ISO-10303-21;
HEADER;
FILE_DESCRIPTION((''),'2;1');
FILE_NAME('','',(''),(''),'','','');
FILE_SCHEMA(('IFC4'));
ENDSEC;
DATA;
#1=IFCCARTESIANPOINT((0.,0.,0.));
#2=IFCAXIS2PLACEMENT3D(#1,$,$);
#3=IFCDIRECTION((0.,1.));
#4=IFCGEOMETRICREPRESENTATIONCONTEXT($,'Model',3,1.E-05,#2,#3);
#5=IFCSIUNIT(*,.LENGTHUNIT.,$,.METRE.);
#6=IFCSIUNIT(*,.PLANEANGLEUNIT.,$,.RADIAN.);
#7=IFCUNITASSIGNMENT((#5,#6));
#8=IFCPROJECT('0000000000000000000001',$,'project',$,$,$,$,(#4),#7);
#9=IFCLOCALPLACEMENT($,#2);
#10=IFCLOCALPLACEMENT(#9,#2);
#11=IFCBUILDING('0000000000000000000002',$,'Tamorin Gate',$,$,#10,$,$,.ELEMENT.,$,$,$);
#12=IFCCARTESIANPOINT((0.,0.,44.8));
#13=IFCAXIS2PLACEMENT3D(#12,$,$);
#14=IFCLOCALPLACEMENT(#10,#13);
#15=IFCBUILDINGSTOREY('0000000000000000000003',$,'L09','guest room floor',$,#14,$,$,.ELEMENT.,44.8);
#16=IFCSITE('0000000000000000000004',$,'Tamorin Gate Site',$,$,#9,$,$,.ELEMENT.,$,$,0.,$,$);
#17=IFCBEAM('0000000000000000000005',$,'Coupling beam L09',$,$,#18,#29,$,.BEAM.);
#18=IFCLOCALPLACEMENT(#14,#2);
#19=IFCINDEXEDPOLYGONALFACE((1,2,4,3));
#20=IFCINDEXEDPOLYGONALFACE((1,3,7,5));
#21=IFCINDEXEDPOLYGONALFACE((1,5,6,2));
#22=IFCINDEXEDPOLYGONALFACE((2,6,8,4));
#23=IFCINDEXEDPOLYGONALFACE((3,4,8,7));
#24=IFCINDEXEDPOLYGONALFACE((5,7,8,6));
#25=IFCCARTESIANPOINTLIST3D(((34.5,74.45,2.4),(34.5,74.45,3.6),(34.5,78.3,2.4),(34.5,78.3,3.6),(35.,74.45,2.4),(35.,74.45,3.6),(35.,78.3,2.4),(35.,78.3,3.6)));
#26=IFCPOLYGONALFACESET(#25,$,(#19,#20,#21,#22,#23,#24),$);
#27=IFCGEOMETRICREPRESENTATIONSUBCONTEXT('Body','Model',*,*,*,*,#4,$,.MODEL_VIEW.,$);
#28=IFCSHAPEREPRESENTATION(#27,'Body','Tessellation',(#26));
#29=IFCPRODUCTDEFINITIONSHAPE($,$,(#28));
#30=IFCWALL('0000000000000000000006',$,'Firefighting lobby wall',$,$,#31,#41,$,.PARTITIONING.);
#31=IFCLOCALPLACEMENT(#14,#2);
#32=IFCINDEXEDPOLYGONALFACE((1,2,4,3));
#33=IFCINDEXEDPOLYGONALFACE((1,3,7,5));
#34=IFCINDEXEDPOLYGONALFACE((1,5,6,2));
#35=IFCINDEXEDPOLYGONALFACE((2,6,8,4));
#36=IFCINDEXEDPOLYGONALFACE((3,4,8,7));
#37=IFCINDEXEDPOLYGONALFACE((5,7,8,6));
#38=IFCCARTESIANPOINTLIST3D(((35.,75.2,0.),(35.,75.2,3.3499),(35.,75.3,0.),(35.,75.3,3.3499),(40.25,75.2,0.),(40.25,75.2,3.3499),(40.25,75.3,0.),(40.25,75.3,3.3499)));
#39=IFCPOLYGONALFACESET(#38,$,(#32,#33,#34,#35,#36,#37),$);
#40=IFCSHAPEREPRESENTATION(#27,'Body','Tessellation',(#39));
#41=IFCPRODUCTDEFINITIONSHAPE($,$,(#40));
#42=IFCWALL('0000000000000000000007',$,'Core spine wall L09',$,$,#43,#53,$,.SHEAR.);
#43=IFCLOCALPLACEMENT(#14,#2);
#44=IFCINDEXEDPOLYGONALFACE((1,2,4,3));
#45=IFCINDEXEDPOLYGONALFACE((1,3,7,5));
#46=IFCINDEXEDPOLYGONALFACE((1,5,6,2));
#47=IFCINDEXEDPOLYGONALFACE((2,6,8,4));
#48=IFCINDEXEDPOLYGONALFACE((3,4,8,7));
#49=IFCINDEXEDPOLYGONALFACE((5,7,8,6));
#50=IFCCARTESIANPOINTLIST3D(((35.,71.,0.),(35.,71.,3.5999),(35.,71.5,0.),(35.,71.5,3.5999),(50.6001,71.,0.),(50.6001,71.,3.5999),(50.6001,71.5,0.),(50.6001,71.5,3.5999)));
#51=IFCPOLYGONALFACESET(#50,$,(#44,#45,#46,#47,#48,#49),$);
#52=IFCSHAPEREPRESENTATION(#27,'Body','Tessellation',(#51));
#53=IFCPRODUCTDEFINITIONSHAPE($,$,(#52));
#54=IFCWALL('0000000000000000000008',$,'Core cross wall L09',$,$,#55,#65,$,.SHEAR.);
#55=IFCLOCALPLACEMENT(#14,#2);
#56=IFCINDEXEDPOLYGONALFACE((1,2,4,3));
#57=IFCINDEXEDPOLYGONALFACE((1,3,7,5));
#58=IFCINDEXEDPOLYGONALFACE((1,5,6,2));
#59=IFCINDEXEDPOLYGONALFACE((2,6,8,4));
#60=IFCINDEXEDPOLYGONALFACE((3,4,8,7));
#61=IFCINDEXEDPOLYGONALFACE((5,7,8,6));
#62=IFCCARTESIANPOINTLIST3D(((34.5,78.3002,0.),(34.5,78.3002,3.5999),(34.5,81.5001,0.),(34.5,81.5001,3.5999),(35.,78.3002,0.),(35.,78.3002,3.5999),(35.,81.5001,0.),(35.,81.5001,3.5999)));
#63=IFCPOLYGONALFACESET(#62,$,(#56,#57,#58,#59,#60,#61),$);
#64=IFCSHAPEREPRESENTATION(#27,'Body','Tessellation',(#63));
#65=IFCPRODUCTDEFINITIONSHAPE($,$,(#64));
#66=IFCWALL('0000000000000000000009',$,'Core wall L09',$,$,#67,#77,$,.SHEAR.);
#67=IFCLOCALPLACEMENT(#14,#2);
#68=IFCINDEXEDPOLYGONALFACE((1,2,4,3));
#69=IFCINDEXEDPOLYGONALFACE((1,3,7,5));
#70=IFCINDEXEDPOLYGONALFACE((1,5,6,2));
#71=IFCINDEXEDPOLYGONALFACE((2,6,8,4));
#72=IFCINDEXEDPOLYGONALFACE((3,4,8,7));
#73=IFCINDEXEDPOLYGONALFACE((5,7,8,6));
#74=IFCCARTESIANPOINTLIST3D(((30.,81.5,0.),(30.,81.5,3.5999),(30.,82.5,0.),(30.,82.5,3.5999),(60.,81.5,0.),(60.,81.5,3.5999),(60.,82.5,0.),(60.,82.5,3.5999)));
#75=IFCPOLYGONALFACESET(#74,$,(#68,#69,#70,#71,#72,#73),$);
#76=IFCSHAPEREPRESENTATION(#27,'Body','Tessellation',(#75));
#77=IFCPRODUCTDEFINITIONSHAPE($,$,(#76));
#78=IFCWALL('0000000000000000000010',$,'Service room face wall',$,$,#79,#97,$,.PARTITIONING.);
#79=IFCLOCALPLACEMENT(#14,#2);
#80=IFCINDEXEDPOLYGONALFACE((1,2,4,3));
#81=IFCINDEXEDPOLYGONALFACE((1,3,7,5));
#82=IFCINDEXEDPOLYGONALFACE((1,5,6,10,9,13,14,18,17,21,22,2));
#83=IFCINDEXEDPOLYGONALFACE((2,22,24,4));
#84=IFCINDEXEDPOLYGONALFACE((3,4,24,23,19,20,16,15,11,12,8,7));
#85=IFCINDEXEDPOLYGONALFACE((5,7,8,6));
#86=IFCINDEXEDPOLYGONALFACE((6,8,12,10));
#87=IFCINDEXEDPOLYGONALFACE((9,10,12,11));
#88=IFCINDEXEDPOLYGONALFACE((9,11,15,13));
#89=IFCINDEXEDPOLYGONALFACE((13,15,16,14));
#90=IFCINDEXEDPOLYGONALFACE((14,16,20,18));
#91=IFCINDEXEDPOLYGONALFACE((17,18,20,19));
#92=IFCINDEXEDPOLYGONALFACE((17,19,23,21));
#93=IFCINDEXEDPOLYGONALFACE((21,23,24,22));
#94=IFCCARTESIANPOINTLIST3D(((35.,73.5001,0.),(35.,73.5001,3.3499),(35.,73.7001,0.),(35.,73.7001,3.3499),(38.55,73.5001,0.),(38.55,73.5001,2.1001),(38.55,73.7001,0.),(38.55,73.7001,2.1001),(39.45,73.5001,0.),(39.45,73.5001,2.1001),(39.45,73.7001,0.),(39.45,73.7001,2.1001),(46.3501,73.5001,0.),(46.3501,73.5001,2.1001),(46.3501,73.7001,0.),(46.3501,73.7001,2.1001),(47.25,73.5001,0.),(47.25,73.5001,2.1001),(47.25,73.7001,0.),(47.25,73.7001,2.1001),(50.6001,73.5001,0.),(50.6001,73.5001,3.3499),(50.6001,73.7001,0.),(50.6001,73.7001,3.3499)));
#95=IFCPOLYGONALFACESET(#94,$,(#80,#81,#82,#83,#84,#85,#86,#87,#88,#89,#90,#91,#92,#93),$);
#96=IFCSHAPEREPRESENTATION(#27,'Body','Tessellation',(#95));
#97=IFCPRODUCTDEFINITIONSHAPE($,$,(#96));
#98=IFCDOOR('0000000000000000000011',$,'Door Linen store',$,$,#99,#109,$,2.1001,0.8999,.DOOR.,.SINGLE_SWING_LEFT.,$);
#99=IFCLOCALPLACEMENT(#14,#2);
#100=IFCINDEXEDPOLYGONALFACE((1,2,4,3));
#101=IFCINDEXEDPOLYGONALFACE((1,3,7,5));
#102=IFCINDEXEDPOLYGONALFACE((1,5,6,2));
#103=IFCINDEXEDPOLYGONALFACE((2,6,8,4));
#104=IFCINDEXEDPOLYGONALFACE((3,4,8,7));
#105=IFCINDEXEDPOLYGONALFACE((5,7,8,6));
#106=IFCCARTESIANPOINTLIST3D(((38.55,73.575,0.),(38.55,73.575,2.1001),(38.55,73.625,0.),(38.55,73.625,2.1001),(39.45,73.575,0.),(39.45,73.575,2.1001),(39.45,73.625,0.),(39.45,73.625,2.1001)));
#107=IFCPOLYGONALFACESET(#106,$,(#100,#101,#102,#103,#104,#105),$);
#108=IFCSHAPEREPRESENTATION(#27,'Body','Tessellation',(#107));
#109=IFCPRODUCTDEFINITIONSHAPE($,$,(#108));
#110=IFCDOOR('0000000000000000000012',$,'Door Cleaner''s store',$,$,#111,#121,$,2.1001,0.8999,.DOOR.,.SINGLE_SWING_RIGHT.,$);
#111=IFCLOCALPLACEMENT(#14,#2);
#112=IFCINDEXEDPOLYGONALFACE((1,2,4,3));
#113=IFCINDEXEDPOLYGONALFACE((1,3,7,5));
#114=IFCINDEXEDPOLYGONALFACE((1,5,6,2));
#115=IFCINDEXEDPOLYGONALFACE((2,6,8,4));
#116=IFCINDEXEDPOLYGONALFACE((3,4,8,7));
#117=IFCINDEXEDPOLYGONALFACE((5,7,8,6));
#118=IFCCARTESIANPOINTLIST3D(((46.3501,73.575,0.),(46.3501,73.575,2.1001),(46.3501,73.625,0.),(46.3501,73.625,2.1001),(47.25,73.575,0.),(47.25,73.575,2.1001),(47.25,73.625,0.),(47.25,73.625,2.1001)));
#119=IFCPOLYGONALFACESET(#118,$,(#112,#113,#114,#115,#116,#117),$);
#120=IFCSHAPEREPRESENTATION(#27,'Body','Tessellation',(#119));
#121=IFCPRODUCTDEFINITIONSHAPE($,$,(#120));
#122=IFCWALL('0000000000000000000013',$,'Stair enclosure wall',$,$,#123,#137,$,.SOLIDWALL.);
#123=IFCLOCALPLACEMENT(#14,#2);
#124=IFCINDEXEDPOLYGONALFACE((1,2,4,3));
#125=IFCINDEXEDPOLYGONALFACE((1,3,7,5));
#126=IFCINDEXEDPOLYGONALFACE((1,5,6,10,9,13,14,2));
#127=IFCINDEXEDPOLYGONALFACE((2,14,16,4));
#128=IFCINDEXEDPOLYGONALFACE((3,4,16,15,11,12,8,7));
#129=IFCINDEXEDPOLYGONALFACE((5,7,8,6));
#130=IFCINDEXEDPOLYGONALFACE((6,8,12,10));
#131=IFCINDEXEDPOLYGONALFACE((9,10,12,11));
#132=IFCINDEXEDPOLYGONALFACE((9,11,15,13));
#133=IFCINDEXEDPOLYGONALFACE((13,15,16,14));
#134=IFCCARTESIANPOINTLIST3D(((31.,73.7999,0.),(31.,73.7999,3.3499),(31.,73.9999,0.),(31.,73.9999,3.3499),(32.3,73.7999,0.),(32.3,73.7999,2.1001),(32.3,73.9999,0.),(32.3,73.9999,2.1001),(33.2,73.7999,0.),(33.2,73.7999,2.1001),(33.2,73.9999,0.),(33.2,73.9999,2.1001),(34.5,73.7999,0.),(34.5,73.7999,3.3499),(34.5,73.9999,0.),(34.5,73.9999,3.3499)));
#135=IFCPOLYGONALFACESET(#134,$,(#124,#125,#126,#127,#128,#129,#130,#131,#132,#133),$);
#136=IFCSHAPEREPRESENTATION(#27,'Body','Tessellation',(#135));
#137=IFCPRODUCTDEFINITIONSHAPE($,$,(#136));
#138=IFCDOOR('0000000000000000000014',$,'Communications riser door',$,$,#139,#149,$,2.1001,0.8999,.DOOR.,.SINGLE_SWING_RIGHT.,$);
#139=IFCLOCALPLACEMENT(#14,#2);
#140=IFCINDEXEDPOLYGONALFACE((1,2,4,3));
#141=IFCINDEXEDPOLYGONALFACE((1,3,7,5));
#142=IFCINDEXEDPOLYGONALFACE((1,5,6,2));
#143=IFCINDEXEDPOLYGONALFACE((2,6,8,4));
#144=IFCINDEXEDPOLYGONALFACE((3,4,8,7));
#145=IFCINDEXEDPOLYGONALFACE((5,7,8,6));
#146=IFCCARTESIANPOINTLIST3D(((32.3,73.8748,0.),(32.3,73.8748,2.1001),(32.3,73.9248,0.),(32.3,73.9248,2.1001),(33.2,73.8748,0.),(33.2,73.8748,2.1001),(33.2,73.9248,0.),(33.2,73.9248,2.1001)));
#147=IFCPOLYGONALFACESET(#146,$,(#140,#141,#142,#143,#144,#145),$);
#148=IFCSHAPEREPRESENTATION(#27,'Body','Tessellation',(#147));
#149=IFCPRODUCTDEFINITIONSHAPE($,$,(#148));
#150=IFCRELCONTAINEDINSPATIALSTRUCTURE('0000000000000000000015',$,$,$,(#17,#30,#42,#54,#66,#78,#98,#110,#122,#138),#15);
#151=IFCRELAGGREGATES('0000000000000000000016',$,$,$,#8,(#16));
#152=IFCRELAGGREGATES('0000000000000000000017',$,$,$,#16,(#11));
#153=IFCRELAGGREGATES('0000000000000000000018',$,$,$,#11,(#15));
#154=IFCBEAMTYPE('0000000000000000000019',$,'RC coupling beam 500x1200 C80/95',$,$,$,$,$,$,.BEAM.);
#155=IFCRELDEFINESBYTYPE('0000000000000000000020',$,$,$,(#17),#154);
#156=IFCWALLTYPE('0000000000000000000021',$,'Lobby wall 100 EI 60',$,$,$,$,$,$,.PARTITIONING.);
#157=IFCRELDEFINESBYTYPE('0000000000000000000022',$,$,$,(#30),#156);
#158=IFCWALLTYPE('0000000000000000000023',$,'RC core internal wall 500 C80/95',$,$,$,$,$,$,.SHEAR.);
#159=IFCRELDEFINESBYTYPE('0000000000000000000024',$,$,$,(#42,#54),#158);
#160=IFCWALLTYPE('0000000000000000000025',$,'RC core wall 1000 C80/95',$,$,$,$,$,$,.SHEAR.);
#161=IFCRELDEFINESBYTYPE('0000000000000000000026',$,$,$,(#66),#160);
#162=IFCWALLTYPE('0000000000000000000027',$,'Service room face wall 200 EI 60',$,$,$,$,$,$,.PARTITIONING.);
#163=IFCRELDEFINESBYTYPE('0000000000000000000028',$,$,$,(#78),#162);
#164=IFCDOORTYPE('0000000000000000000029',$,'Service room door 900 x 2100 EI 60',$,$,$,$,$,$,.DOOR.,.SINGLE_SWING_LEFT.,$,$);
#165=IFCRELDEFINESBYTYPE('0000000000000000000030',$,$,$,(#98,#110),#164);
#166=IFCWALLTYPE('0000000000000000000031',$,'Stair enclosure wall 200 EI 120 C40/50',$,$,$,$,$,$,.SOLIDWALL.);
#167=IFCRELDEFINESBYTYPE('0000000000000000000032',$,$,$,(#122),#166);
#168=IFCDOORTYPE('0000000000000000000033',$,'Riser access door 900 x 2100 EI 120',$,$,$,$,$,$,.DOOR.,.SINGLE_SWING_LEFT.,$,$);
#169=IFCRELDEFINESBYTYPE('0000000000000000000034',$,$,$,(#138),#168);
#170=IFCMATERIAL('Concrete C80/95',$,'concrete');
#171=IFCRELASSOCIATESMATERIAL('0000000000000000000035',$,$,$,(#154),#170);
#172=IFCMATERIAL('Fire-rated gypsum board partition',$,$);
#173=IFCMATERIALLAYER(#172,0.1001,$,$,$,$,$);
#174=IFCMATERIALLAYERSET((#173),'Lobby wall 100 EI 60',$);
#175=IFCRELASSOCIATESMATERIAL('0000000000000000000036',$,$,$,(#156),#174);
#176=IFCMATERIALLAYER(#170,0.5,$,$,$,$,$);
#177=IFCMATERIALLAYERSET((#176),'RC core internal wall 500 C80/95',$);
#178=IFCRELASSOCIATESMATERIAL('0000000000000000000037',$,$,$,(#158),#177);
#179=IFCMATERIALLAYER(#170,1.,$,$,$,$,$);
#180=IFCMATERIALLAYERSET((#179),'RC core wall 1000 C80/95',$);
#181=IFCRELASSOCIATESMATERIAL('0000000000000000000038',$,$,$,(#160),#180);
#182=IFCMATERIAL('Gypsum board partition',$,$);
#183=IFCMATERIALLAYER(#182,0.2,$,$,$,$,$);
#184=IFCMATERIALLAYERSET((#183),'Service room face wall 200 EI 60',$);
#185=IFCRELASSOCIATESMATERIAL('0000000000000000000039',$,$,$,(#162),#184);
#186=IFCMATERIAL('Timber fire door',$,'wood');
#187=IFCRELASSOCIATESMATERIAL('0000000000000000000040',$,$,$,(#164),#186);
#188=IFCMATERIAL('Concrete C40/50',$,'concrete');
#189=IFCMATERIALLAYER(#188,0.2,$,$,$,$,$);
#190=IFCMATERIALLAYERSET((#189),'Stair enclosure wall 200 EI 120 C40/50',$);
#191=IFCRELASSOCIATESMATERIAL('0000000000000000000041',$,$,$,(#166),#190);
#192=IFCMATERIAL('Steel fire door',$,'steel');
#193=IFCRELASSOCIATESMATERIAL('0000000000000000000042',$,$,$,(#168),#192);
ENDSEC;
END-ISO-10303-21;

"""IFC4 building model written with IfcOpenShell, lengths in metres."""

from ifc_helpers import new_model, si_unit, direction, frame, frame_2d, origin, origin_2d, place, context, subcontext, project, spatial, rectangle, extrude, material, layer, layer_set, material_profile, profile_set, type_object, element, fill, save


model = new_model("IFC4")

# Units and contexts
model_context = context("Model", 3, precision=1e-05, world=origin(), true_north=direction((0.0, 1.0)))
body_context = subcontext(model_context, "Body", "Model", "MODEL_VIEW")
ifc_project = project(units=[si_unit("LENGTHUNIT", "METRE"), si_unit("PLANEANGLEUNIT", "RADIAN")], contexts=[model_context])

# Site, building, storey
site_placement = place(None, origin())
site = spatial("IfcSite", under=ifc_project, at=site_placement, Name="Tamorin Gate Site", CompositionType="ELEMENT", RefElevation=0.0)
building_placement = place(site_placement, origin())
building = spatial("IfcBuilding", under=site, at=building_placement, Name="Tamorin Gate", CompositionType="ELEMENT")
storey_placement = place(building_placement, frame((0.0, 0.0, 44.8)))
storey = spatial("IfcBuildingStorey", under=building, at=storey_placement, Name="L09", Description="guest room floor", CompositionType="ELEMENT", Elevation=44.8)

# Beam
ifc_material_1 = material(Name="Concrete C80/95", Category="concrete")
ifc_material_profile = material_profile(ifc_material_1, rectangle(XDim=0.5, YDim=1.2, at=origin_2d()), Name="RC 500x1200")
ifc_profile_set = profile_set([ifc_material_profile], Name="Concrete C80/95")
beam_type = type_object("IfcBeamType", Name="RC coupling beam 500x1200 C80/95", PredefinedType="BEAM", material=ifc_profile_set)
beam_placement = place(storey_placement, frame((34.75, 74.45, 3.0), z_axis=(0.0, 1.0, 0.0), x_axis=(-1.0, 0.0, 0.0)))
element("IfcBeam", 1, at=beam_placement, inside=storey, type_object=beam_type, Name="Coupling beam L09", PredefinedType="BEAM", context=body_context, shape_type="SweptSolid", body=[
    extrude(rectangle(XDim=0.5, YDim=1.2, at=origin_2d()), origin(), (0.0, 0.0, 1.0), 3.8501),
])

# Walls
ifc_material_2 = material(Name="Fire-rated gypsum board partition")
ifc_layer_1 = layer(ifc_material_2, 0.1001)
ifc_layer_set_1 = layer_set([ifc_layer_1], Name="Lobby wall 100 EI 60")
wall_type_1 = type_object("IfcWallType", Name="Lobby wall 100 EI 60", PredefinedType="PARTITIONING", material=ifc_layer_set_1)
wall_1_placement = place(storey_placement, frame((35.0, 75.25, 0.0), z_axis=(0.0, 0.0, 1.0), x_axis=(1.0, 0.0, 0.0)))
element("IfcWall", 2, at=wall_1_placement, inside=storey, type_object=wall_type_1, Name="Firefighting lobby wall", PredefinedType="PARTITIONING", context=body_context, shape_type="SweptSolid", body=[
    extrude(rectangle(XDim=5.25, YDim=0.1001, at=frame_2d((2.625, 0.0))), origin(), (0.0, 0.0, 1.0), 3.3499),
])
ifc_layer_2 = layer(ifc_material_1, 0.5)
ifc_layer_set_2 = layer_set([ifc_layer_2], Name="RC core internal wall 500 C80/95")
wall_type_2 = type_object("IfcWallType", Name="RC core internal wall 500 C80/95", PredefinedType="SHEAR", material=ifc_layer_set_2)
wall_2_placement = place(storey_placement, frame((35.0, 71.25, 0.0), z_axis=(0.0, 0.0, 1.0), x_axis=(1.0, 0.0, 0.0)))
element("IfcWall", 3, at=wall_2_placement, inside=storey, type_object=wall_type_2, Name="Core spine wall L09", PredefinedType="SHEAR", context=body_context, shape_type="SweptSolid", body=[
    extrude(rectangle(XDim=15.6001, YDim=0.5, at=frame_2d((7.8, 0.0))), origin(), (0.0, 0.0, 1.0), 3.5999),
])
wall_3_placement = place(storey_placement, frame((34.75, 78.3, 0.0), z_axis=(0.0, 0.0, 1.0), x_axis=(0.0, 1.0, 0.0)))
element("IfcWall", 4, at=wall_3_placement, inside=storey, type_object=wall_type_2, Name="Core cross wall L09", PredefinedType="SHEAR", context=body_context, shape_type="SweptSolid", body=[
    extrude(rectangle(XDim=3.2, YDim=0.5, at=frame_2d((1.6001, 0.0))), origin(), (0.0, 0.0, 1.0), 3.5999),
])
ifc_layer_3 = layer(ifc_material_1, 1.0)
ifc_layer_set_3 = layer_set([ifc_layer_3], Name="RC core wall 1000 C80/95")
wall_type_3 = type_object("IfcWallType", Name="RC core wall 1000 C80/95", PredefinedType="SHEAR", material=ifc_layer_set_3)
wall_4_placement = place(storey_placement, frame((30.0, 82.0, 0.0), z_axis=(0.0, 0.0, 1.0), x_axis=(1.0, 0.0, 0.0)))
element("IfcWall", 5, at=wall_4_placement, inside=storey, type_object=wall_type_3, Name="Core wall L09", PredefinedType="SHEAR", context=body_context, shape_type="SweptSolid", body=[
    extrude(rectangle(XDim=30.0, YDim=1.0, at=frame_2d((15.0, 0.0))), origin(), (0.0, 0.0, 1.0), 3.5999),
])

# Wall, openings, doors
ifc_material_3 = material(Name="Gypsum board partition")
ifc_layer_4 = layer(ifc_material_3, 0.2)
ifc_layer_set_4 = layer_set([ifc_layer_4], Name="Service room face wall 200 EI 60")
wall_type_4 = type_object("IfcWallType", Name="Service room face wall 200 EI 60", PredefinedType="PARTITIONING", material=ifc_layer_set_4)
wall_5_placement = place(storey_placement, frame((35.0, 73.6001, 0.0), z_axis=(0.0, 0.0, 1.0), x_axis=(1.0, 0.0, 0.0)))
wall_5 = element("IfcWall", 6, at=wall_5_placement, inside=storey, type_object=wall_type_4, Name="Service room face wall", PredefinedType="PARTITIONING", context=body_context, shape_type="SweptSolid", body=[
    extrude(rectangle(XDim=15.6001, YDim=0.2, at=frame_2d((7.8, 0.0))), origin(), (0.0, 0.0, 1.0), 3.3499),
])
opening_1_placement = place(wall_5_placement, frame((3.55, 0.0, 0.0)))
opening_1 = element("IfcOpeningElement", 7, at=opening_1_placement, cuts=wall_5, PredefinedType="OPENING", context=body_context, shape_type="SweptSolid", body=[
    extrude(rectangle(XDim=0.8999, YDim=2.1001, at=frame_2d((0.45, 1.05))), frame((0.0, 0.1099, 0.0), z_axis=(0.0, -1.0, 0.0), x_axis=(1.0, 0.0, 0.0)), (0.0, 0.0, 1.0), 0.22),
])
opening_2_placement = place(wall_5_placement, frame((11.3501, 0.0, 0.0)))
opening_2 = element("IfcOpeningElement", 8, at=opening_2_placement, cuts=wall_5, PredefinedType="OPENING", context=body_context, shape_type="SweptSolid", body=[
    extrude(rectangle(XDim=0.8999, YDim=2.1001, at=frame_2d((0.45, 1.05))), frame((0.0, 0.1099, 0.0), z_axis=(0.0, -1.0, 0.0), x_axis=(1.0, 0.0, 0.0)), (0.0, 0.0, 1.0), 0.22),
])
ifc_material_4 = material(Name="Timber fire door", Category="wood")
door_type_1 = type_object("IfcDoorType", Name="Service room door 900 x 2100 EI 60", OperationType="SINGLE_SWING_LEFT", PredefinedType="DOOR", material=ifc_material_4)
door_1_placement = place(opening_1_placement, origin())
door_1 = element("IfcDoor", 9, at=door_1_placement, inside=storey, type_object=door_type_1, Name="Door Linen store", OperationType="SINGLE_SWING_LEFT", OverallHeight=2.1001, OverallWidth=0.8999, PredefinedType="DOOR", context=body_context, shape_type="SweptSolid", body=[
    extrude(rectangle(XDim=0.8999, YDim=2.1001, at=frame_2d((0.45, 1.05))), frame((0.0, 0.0249, 0.0), z_axis=(0.0, -1.0, 0.0), x_axis=(1.0, 0.0, 0.0)), (0.0, 0.0, 1.0), 0.05),
])
fill(opening_1, door_1)
door_2_placement = place(opening_2_placement, origin())
door_2 = element("IfcDoor", 10, at=door_2_placement, inside=storey, type_object=door_type_1, Name="Door Cleaner's store", OperationType="SINGLE_SWING_RIGHT", OverallHeight=2.1001, OverallWidth=0.8999, PredefinedType="DOOR", context=body_context, shape_type="SweptSolid", body=[
    extrude(rectangle(XDim=0.8999, YDim=2.1001, at=frame_2d((0.45, 1.05))), frame((0.0, 0.0249, 0.0), z_axis=(0.0, -1.0, 0.0), x_axis=(1.0, 0.0, 0.0)), (0.0, 0.0, 1.0), 0.05),
])
fill(opening_2, door_2)

# Wall, opening, door
ifc_material_5 = material(Name="Concrete C40/50", Category="concrete")
ifc_layer_5 = layer(ifc_material_5, 0.2)
ifc_layer_set_5 = layer_set([ifc_layer_5], Name="Stair enclosure wall 200 EI 120 C40/50")
wall_type_5 = type_object("IfcWallType", Name="Stair enclosure wall 200 EI 120 C40/50", PredefinedType="SOLIDWALL", material=ifc_layer_set_5)
wall_6_placement = place(storey_placement, frame((31.0, 73.8999, 0.0), z_axis=(0.0, 0.0, 1.0), x_axis=(1.0, 0.0, 0.0)))
wall_6 = element("IfcWall", 11, at=wall_6_placement, inside=storey, type_object=wall_type_5, Name="Stair enclosure wall", PredefinedType="SOLIDWALL", context=body_context, shape_type="SweptSolid", body=[
    extrude(rectangle(XDim=3.5, YDim=0.2, at=frame_2d((1.75, 0.0))), origin(), (0.0, 0.0, 1.0), 3.3499),
])
opening_3_placement = place(wall_6_placement, frame((1.3, 0.0, 0.0)))
opening_3 = element("IfcOpeningElement", 12, at=opening_3_placement, cuts=wall_6, PredefinedType="OPENING", context=body_context, shape_type="SweptSolid", body=[
    extrude(rectangle(XDim=0.8999, YDim=2.1001, at=frame_2d((0.45, 1.05))), frame((0.0, 0.1099, 0.0), z_axis=(0.0, -1.0, 0.0), x_axis=(1.0, 0.0, 0.0)), (0.0, 0.0, 1.0), 0.22),
])
ifc_material_6 = material(Name="Steel fire door", Category="steel")
door_type_2 = type_object("IfcDoorType", Name="Riser access door 900 x 2100 EI 120", OperationType="SINGLE_SWING_LEFT", PredefinedType="DOOR", material=ifc_material_6)
door_3_placement = place(opening_3_placement, origin())
door_3 = element("IfcDoor", 13, at=door_3_placement, inside=storey, type_object=door_type_2, Name="Communications riser door", OperationType="SINGLE_SWING_RIGHT", OverallHeight=2.1001, OverallWidth=0.8999, PredefinedType="DOOR", context=body_context, shape_type="SweptSolid", body=[
    extrude(rectangle(XDim=0.8999, YDim=2.1001, at=frame_2d((0.45, 1.05))), frame((0.0, 0.0249, 0.0), z_axis=(0.0, -1.0, 0.0), x_axis=(1.0, 0.0, 0.0)), (0.0, 0.0, 1.0), 0.05),
])
fill(opening_3, door_3)

save(model, "model.ifc")
